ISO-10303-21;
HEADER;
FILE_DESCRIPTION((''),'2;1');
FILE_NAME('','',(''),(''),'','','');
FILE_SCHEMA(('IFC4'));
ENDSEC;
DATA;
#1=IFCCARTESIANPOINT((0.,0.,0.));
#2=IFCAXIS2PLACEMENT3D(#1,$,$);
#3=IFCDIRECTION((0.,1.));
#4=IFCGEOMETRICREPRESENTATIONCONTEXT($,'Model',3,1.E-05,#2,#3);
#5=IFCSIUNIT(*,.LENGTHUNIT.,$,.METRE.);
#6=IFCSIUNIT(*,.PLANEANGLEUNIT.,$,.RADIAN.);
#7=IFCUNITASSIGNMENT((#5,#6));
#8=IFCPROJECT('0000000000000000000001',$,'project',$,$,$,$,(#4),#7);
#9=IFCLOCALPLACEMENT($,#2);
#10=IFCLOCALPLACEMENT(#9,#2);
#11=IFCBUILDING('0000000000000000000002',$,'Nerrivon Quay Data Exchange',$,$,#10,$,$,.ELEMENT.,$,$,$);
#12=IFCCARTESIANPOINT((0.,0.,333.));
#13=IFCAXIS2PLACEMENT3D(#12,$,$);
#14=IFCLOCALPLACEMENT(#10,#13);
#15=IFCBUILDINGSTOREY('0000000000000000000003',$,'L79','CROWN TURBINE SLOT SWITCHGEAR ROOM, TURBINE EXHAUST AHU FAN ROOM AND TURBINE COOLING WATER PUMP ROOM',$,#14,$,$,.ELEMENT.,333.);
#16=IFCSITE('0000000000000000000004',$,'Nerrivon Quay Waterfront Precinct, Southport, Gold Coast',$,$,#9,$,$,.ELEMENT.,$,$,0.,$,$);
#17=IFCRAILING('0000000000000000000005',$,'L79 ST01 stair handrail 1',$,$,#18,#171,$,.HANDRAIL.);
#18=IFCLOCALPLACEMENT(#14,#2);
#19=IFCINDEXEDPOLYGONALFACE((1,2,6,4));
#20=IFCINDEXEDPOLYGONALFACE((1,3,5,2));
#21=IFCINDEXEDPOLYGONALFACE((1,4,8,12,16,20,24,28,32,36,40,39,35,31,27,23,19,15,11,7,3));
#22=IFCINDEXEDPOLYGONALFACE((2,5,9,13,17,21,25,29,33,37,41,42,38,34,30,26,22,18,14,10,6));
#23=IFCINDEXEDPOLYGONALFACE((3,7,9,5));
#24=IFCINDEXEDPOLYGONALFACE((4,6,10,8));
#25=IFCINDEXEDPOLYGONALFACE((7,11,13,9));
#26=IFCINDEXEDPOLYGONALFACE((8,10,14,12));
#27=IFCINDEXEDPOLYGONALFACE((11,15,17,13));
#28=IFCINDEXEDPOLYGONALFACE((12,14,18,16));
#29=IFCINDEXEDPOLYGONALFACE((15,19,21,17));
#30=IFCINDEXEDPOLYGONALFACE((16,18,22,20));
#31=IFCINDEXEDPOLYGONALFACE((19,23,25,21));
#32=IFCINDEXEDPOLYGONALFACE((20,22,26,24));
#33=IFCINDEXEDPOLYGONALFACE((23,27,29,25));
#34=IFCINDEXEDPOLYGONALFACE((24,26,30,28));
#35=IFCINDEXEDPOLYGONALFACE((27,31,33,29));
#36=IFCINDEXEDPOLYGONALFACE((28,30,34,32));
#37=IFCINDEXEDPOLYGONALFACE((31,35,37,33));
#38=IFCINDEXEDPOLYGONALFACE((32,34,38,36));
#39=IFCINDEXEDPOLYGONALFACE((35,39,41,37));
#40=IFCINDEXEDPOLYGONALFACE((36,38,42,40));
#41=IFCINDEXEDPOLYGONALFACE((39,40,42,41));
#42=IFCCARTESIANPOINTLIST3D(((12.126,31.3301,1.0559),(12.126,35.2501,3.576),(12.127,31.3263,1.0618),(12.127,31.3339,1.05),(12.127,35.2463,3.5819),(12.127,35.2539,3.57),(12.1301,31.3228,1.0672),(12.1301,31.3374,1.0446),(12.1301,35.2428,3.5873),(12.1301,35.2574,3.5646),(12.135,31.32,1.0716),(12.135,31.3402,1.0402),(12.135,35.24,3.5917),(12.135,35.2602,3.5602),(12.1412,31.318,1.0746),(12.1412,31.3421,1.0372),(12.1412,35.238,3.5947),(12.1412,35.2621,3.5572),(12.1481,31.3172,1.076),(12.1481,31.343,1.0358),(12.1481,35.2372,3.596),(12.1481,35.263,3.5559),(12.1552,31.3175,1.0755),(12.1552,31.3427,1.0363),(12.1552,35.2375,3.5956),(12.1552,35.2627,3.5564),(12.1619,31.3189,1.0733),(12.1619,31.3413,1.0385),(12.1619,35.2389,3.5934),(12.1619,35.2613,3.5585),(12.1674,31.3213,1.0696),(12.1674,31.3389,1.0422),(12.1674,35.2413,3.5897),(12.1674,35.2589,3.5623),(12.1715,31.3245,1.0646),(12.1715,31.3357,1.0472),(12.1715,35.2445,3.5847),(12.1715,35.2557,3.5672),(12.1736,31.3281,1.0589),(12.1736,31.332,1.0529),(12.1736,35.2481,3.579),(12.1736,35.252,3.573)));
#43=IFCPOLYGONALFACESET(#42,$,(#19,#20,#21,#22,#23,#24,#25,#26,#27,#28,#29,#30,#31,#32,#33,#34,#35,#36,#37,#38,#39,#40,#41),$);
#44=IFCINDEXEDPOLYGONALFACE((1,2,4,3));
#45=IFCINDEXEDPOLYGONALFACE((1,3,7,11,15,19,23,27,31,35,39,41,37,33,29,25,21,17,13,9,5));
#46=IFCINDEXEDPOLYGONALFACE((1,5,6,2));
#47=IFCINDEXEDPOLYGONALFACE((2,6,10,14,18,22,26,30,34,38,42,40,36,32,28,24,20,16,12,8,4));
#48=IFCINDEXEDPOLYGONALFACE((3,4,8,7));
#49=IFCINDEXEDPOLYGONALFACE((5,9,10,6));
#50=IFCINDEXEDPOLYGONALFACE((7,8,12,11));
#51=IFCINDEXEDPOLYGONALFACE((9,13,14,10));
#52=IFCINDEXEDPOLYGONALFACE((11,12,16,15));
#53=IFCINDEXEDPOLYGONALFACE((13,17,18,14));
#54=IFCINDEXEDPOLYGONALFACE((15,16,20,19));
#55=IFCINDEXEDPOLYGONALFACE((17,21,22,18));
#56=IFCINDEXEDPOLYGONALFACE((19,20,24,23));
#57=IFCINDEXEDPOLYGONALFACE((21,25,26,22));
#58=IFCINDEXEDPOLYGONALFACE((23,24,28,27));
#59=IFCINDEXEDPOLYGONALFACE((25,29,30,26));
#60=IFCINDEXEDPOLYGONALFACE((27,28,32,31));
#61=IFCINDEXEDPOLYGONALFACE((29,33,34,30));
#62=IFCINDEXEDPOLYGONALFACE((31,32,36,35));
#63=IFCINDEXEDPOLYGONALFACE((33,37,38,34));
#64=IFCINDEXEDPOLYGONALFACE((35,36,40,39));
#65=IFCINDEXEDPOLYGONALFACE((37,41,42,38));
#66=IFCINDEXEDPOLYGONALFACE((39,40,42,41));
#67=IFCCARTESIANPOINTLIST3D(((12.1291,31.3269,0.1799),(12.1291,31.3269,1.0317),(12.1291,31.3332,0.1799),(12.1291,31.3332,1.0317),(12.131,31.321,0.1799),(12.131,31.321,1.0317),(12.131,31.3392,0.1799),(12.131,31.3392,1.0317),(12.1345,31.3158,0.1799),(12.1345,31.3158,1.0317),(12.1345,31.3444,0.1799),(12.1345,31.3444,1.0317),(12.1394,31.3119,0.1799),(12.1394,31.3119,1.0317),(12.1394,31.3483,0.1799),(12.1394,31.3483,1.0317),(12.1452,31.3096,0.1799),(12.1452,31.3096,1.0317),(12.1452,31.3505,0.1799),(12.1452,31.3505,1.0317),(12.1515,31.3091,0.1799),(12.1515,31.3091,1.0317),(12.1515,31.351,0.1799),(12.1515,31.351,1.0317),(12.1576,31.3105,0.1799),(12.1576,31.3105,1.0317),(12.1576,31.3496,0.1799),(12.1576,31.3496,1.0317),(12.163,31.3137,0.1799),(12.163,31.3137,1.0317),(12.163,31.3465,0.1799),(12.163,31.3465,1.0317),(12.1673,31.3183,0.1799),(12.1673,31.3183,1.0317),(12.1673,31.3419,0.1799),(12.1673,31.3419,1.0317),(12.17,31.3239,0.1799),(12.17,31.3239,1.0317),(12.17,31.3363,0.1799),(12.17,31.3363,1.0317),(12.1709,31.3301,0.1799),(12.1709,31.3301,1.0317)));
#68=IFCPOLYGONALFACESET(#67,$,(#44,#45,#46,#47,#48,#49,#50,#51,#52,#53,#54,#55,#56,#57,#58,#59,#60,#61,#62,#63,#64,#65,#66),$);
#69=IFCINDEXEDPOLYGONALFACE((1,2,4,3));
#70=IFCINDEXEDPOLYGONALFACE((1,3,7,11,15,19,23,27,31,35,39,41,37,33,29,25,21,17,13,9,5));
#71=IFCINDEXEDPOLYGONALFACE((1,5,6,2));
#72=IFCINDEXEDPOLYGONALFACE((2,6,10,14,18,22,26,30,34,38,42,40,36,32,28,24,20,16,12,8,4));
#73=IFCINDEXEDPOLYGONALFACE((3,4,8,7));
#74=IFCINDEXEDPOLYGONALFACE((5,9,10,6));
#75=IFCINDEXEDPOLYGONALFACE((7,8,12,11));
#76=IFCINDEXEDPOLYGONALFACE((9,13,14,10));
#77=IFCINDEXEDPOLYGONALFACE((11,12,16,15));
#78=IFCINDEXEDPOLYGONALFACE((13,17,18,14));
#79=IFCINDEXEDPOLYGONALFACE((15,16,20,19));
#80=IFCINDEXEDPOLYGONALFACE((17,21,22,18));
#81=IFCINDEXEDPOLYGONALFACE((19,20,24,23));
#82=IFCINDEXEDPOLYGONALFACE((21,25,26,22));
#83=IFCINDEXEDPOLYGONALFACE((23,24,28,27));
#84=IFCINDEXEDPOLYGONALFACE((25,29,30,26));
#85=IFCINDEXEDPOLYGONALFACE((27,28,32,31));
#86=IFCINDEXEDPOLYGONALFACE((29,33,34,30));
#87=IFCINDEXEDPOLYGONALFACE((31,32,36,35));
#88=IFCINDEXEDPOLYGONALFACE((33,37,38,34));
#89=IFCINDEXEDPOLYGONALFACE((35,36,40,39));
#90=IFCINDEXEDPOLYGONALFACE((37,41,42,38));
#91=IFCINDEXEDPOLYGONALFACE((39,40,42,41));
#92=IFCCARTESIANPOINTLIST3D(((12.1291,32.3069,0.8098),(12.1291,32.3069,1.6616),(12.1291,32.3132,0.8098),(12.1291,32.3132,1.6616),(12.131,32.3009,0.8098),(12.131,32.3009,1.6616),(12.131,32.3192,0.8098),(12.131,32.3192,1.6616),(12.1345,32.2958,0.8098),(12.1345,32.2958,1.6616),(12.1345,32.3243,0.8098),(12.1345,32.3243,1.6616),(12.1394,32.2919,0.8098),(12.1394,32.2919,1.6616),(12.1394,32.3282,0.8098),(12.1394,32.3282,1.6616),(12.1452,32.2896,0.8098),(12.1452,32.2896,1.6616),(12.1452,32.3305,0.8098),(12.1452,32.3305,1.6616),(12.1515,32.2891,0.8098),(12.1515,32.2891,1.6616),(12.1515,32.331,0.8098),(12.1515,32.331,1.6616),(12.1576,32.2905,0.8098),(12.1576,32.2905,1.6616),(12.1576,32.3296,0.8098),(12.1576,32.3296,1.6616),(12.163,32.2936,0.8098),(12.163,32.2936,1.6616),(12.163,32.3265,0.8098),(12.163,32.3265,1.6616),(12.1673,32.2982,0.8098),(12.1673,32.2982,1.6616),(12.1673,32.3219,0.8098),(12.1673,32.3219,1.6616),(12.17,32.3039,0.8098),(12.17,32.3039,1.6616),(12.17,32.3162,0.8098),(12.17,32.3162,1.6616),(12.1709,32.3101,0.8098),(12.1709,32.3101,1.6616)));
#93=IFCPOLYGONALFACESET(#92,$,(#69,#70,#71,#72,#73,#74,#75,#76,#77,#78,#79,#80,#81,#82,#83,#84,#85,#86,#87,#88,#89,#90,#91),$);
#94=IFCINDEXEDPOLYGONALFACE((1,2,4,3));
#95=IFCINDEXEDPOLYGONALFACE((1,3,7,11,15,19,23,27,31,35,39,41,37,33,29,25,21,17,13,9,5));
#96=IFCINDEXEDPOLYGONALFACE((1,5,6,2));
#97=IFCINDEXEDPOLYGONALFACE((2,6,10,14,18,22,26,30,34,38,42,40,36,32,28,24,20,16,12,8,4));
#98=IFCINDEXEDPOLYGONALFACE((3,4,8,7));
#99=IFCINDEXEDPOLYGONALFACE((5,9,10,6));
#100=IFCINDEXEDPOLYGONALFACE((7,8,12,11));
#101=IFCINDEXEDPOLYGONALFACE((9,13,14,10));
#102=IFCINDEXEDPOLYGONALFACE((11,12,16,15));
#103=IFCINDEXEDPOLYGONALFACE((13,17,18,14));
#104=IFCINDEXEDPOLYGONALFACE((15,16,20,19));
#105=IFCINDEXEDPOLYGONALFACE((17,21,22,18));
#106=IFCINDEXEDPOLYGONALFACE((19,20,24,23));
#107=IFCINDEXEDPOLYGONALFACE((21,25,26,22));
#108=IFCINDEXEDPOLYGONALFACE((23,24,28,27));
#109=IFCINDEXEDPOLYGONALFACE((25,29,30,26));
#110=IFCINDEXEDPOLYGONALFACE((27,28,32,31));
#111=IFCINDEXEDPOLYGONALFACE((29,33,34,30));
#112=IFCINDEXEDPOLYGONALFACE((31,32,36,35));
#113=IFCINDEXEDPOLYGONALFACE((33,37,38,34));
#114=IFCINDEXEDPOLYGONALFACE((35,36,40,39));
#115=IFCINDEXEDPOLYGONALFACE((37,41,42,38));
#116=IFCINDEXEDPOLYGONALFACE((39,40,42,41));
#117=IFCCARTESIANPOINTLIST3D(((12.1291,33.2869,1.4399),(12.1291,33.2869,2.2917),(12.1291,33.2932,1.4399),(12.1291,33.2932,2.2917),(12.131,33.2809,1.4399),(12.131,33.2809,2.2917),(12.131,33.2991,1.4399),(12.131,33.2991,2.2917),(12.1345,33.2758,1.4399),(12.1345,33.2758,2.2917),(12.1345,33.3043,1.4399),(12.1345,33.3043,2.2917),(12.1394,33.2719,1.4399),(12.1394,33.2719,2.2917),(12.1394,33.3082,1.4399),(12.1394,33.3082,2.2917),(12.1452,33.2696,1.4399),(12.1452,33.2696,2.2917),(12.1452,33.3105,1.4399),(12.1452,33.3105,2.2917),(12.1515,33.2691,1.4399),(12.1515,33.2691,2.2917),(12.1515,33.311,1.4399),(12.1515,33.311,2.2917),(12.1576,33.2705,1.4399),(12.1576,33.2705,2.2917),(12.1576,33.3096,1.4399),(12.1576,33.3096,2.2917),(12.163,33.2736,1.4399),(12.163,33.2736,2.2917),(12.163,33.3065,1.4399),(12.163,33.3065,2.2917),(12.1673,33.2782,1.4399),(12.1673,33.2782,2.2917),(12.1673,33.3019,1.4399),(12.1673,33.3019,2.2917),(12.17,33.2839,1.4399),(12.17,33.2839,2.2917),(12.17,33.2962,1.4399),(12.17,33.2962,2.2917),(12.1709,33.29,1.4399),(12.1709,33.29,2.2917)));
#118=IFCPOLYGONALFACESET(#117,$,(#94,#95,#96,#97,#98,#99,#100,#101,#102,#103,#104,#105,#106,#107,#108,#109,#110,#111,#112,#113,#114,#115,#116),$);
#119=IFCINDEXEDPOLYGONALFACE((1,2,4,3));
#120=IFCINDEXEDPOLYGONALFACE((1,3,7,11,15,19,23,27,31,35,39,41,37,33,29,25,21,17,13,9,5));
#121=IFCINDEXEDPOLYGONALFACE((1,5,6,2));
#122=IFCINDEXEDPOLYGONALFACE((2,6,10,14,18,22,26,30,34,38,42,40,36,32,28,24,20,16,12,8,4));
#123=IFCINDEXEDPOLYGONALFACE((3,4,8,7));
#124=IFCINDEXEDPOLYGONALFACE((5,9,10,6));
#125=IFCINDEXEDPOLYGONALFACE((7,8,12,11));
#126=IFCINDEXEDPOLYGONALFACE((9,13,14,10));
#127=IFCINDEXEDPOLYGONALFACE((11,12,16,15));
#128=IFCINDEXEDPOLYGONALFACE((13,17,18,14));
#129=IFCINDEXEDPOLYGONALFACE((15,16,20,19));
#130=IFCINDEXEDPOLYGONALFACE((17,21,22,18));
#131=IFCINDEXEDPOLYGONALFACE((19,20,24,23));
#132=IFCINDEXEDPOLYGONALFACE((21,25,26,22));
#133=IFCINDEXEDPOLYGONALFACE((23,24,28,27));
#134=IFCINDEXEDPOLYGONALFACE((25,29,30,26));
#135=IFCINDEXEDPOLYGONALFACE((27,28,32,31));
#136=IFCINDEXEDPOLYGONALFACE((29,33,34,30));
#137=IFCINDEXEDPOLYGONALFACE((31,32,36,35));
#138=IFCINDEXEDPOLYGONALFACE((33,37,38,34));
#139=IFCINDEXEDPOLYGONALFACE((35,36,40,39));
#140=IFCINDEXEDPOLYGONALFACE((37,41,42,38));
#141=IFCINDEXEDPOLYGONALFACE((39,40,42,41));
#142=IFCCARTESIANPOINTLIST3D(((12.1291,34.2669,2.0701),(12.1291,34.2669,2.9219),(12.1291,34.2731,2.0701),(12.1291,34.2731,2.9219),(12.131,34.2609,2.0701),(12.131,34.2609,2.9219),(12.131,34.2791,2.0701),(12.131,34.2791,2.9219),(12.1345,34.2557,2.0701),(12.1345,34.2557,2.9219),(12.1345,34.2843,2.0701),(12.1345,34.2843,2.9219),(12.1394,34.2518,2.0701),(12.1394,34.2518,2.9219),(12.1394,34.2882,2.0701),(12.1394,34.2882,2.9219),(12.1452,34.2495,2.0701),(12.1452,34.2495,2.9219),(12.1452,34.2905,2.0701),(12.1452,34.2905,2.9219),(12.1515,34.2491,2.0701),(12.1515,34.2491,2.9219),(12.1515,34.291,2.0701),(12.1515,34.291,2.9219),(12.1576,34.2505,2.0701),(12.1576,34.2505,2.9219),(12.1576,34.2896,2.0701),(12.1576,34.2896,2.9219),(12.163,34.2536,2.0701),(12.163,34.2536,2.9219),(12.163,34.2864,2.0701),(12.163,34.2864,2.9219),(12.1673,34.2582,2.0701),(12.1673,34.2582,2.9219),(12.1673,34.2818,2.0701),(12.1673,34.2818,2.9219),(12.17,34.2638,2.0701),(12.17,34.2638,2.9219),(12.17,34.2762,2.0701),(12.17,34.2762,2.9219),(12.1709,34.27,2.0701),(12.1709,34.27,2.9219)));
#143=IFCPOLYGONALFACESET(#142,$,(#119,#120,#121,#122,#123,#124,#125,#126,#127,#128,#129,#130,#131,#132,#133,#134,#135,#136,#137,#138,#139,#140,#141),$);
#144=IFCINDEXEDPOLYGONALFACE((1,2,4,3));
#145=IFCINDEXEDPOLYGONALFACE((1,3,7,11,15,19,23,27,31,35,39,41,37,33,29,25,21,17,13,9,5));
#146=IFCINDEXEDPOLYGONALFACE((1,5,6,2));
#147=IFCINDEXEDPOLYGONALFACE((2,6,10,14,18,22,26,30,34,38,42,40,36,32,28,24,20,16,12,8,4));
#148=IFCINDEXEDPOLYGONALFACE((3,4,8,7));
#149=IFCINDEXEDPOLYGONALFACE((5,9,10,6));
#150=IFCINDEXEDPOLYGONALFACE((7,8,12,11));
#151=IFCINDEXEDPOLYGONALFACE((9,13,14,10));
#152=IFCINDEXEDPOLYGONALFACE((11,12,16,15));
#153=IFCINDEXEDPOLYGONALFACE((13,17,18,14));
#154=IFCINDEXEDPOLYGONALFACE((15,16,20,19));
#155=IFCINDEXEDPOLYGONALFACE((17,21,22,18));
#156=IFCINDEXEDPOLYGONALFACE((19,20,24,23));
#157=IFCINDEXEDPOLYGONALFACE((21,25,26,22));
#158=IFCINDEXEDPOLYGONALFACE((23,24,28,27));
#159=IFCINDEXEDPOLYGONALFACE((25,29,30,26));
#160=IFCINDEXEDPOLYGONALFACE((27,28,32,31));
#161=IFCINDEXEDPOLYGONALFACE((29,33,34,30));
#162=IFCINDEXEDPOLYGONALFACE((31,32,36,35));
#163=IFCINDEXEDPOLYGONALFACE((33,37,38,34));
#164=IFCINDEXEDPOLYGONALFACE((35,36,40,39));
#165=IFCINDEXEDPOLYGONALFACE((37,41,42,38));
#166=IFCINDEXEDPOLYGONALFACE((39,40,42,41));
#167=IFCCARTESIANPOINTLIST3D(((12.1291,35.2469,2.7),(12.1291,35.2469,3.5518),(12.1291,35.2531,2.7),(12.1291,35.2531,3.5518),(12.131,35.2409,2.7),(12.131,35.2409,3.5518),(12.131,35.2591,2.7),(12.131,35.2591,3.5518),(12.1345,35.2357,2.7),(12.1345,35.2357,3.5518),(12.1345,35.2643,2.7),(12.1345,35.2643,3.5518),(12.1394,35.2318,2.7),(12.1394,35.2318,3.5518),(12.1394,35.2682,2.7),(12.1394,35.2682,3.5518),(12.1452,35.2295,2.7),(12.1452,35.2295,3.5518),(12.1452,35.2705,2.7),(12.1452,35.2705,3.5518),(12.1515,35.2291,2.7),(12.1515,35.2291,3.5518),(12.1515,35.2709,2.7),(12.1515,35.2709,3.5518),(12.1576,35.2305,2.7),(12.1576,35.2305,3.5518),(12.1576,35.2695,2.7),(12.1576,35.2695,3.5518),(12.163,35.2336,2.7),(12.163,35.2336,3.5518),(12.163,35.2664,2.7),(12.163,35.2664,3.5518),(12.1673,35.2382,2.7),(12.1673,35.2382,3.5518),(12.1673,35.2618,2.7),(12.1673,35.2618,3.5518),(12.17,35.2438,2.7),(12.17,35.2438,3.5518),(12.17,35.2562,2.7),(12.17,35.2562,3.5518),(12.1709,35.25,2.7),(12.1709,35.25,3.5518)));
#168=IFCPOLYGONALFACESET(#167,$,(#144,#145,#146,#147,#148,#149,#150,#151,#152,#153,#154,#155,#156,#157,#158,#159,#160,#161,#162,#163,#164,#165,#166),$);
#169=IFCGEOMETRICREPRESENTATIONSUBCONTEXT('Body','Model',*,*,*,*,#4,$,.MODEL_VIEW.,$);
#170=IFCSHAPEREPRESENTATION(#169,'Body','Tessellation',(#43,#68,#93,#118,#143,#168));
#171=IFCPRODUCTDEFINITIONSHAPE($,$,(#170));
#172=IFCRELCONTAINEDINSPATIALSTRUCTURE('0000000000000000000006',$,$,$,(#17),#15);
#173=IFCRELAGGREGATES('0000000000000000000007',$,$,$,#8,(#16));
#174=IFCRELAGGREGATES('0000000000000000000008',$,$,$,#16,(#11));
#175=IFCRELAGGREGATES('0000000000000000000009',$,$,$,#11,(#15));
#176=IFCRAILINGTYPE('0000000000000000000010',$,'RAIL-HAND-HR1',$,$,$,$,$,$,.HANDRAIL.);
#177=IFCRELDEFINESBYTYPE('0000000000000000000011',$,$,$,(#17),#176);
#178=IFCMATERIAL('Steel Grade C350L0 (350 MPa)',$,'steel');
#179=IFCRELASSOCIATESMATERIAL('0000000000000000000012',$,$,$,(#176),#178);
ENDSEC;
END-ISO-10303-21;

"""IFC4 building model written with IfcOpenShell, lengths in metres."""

from ifc_helpers import new_model, si_unit, direction, frame, origin, origin_2d, place, context, subcontext, project, spatial, circle, extrude, material, type_object, element, save


model = new_model("IFC4")

# Units and contexts
model_context = context("Model", 3, precision=1e-05, world=origin(), true_north=direction((0.0, 1.0)))
body_context = subcontext(model_context, "Body", "Model", "MODEL_VIEW")
ifc_project = project(units=[si_unit("LENGTHUNIT", "METRE"), si_unit("PLANEANGLEUNIT", "RADIAN")], contexts=[model_context])

# Site, building, storey
site_placement = place(None, origin())
site = spatial("IfcSite", under=ifc_project, at=site_placement, Name="Nerrivon Quay Waterfront Precinct, Southport, Gold Coast", CompositionType="ELEMENT", RefElevation=0.0)
building_placement = place(site_placement, origin())
building = spatial("IfcBuilding", under=site, at=building_placement, Name="Nerrivon Quay Data Exchange", CompositionType="ELEMENT")
storey_placement = place(building_placement, frame((0.0, 0.0, 333.0)))
storey = spatial("IfcBuildingStorey", under=building, at=storey_placement, Name="L79", Description="CROWN TURBINE SLOT SWITCHGEAR ROOM, TURBINE EXHAUST AHU FAN ROOM AND TURBINE COOLING WATER PUMP ROOM", CompositionType="ELEMENT", Elevation=333.0)

# Railing
ifc_material_1 = material(Name="Steel Grade C350L0 (350 MPa)", Category="steel")
railing_type_1 = type_object("IfcRailingType", Name="RAIL-HAND-HR1", PredefinedType="HANDRAIL", material=ifc_material_1)
railing_1_placement = place(storey_placement, frame((12.1499, 31.3301, 0.1799)))
element("IfcRailing", 1, at=railing_1_placement, inside=storey, type_object=railing_type_1, Name="L79 ST01 stair handrail 1", PredefinedType="HANDRAIL", context=body_context, shape_type="SweptSolid", body=[
    extrude(circle(Radius=0.0239, at=origin_2d()), frame((0.0, 0.0, 0.876), z_axis=(0.0, 0.841172, 0.540768), x_axis=(-1.0, 0.0, 0.0)), (0.0, 0.0, 1.0), 4.6602),
    extrude(circle(Radius=0.021, at=origin_2d()), origin(), (0.0, 0.0, 1.0), 0.8518),
    extrude(circle(Radius=0.021, at=origin_2d()), frame((0.0, 0.98, 0.6299)), (0.0, 0.0, 1.0), 0.8518),
    extrude(circle(Radius=0.021, at=origin_2d()), frame((0.0, 1.96, 1.26)), (0.0, 0.0, 1.0), 0.8518),
    extrude(circle(Radius=0.021, at=origin_2d()), frame((0.0, 2.9399, 1.8901)), (0.0, 0.0, 1.0), 0.8518),
    extrude(circle(Radius=0.021, at=origin_2d()), frame((0.0, 3.9199, 2.52)), (0.0, 0.0, 1.0), 0.8518),
])

save(model, "model.ifc")
